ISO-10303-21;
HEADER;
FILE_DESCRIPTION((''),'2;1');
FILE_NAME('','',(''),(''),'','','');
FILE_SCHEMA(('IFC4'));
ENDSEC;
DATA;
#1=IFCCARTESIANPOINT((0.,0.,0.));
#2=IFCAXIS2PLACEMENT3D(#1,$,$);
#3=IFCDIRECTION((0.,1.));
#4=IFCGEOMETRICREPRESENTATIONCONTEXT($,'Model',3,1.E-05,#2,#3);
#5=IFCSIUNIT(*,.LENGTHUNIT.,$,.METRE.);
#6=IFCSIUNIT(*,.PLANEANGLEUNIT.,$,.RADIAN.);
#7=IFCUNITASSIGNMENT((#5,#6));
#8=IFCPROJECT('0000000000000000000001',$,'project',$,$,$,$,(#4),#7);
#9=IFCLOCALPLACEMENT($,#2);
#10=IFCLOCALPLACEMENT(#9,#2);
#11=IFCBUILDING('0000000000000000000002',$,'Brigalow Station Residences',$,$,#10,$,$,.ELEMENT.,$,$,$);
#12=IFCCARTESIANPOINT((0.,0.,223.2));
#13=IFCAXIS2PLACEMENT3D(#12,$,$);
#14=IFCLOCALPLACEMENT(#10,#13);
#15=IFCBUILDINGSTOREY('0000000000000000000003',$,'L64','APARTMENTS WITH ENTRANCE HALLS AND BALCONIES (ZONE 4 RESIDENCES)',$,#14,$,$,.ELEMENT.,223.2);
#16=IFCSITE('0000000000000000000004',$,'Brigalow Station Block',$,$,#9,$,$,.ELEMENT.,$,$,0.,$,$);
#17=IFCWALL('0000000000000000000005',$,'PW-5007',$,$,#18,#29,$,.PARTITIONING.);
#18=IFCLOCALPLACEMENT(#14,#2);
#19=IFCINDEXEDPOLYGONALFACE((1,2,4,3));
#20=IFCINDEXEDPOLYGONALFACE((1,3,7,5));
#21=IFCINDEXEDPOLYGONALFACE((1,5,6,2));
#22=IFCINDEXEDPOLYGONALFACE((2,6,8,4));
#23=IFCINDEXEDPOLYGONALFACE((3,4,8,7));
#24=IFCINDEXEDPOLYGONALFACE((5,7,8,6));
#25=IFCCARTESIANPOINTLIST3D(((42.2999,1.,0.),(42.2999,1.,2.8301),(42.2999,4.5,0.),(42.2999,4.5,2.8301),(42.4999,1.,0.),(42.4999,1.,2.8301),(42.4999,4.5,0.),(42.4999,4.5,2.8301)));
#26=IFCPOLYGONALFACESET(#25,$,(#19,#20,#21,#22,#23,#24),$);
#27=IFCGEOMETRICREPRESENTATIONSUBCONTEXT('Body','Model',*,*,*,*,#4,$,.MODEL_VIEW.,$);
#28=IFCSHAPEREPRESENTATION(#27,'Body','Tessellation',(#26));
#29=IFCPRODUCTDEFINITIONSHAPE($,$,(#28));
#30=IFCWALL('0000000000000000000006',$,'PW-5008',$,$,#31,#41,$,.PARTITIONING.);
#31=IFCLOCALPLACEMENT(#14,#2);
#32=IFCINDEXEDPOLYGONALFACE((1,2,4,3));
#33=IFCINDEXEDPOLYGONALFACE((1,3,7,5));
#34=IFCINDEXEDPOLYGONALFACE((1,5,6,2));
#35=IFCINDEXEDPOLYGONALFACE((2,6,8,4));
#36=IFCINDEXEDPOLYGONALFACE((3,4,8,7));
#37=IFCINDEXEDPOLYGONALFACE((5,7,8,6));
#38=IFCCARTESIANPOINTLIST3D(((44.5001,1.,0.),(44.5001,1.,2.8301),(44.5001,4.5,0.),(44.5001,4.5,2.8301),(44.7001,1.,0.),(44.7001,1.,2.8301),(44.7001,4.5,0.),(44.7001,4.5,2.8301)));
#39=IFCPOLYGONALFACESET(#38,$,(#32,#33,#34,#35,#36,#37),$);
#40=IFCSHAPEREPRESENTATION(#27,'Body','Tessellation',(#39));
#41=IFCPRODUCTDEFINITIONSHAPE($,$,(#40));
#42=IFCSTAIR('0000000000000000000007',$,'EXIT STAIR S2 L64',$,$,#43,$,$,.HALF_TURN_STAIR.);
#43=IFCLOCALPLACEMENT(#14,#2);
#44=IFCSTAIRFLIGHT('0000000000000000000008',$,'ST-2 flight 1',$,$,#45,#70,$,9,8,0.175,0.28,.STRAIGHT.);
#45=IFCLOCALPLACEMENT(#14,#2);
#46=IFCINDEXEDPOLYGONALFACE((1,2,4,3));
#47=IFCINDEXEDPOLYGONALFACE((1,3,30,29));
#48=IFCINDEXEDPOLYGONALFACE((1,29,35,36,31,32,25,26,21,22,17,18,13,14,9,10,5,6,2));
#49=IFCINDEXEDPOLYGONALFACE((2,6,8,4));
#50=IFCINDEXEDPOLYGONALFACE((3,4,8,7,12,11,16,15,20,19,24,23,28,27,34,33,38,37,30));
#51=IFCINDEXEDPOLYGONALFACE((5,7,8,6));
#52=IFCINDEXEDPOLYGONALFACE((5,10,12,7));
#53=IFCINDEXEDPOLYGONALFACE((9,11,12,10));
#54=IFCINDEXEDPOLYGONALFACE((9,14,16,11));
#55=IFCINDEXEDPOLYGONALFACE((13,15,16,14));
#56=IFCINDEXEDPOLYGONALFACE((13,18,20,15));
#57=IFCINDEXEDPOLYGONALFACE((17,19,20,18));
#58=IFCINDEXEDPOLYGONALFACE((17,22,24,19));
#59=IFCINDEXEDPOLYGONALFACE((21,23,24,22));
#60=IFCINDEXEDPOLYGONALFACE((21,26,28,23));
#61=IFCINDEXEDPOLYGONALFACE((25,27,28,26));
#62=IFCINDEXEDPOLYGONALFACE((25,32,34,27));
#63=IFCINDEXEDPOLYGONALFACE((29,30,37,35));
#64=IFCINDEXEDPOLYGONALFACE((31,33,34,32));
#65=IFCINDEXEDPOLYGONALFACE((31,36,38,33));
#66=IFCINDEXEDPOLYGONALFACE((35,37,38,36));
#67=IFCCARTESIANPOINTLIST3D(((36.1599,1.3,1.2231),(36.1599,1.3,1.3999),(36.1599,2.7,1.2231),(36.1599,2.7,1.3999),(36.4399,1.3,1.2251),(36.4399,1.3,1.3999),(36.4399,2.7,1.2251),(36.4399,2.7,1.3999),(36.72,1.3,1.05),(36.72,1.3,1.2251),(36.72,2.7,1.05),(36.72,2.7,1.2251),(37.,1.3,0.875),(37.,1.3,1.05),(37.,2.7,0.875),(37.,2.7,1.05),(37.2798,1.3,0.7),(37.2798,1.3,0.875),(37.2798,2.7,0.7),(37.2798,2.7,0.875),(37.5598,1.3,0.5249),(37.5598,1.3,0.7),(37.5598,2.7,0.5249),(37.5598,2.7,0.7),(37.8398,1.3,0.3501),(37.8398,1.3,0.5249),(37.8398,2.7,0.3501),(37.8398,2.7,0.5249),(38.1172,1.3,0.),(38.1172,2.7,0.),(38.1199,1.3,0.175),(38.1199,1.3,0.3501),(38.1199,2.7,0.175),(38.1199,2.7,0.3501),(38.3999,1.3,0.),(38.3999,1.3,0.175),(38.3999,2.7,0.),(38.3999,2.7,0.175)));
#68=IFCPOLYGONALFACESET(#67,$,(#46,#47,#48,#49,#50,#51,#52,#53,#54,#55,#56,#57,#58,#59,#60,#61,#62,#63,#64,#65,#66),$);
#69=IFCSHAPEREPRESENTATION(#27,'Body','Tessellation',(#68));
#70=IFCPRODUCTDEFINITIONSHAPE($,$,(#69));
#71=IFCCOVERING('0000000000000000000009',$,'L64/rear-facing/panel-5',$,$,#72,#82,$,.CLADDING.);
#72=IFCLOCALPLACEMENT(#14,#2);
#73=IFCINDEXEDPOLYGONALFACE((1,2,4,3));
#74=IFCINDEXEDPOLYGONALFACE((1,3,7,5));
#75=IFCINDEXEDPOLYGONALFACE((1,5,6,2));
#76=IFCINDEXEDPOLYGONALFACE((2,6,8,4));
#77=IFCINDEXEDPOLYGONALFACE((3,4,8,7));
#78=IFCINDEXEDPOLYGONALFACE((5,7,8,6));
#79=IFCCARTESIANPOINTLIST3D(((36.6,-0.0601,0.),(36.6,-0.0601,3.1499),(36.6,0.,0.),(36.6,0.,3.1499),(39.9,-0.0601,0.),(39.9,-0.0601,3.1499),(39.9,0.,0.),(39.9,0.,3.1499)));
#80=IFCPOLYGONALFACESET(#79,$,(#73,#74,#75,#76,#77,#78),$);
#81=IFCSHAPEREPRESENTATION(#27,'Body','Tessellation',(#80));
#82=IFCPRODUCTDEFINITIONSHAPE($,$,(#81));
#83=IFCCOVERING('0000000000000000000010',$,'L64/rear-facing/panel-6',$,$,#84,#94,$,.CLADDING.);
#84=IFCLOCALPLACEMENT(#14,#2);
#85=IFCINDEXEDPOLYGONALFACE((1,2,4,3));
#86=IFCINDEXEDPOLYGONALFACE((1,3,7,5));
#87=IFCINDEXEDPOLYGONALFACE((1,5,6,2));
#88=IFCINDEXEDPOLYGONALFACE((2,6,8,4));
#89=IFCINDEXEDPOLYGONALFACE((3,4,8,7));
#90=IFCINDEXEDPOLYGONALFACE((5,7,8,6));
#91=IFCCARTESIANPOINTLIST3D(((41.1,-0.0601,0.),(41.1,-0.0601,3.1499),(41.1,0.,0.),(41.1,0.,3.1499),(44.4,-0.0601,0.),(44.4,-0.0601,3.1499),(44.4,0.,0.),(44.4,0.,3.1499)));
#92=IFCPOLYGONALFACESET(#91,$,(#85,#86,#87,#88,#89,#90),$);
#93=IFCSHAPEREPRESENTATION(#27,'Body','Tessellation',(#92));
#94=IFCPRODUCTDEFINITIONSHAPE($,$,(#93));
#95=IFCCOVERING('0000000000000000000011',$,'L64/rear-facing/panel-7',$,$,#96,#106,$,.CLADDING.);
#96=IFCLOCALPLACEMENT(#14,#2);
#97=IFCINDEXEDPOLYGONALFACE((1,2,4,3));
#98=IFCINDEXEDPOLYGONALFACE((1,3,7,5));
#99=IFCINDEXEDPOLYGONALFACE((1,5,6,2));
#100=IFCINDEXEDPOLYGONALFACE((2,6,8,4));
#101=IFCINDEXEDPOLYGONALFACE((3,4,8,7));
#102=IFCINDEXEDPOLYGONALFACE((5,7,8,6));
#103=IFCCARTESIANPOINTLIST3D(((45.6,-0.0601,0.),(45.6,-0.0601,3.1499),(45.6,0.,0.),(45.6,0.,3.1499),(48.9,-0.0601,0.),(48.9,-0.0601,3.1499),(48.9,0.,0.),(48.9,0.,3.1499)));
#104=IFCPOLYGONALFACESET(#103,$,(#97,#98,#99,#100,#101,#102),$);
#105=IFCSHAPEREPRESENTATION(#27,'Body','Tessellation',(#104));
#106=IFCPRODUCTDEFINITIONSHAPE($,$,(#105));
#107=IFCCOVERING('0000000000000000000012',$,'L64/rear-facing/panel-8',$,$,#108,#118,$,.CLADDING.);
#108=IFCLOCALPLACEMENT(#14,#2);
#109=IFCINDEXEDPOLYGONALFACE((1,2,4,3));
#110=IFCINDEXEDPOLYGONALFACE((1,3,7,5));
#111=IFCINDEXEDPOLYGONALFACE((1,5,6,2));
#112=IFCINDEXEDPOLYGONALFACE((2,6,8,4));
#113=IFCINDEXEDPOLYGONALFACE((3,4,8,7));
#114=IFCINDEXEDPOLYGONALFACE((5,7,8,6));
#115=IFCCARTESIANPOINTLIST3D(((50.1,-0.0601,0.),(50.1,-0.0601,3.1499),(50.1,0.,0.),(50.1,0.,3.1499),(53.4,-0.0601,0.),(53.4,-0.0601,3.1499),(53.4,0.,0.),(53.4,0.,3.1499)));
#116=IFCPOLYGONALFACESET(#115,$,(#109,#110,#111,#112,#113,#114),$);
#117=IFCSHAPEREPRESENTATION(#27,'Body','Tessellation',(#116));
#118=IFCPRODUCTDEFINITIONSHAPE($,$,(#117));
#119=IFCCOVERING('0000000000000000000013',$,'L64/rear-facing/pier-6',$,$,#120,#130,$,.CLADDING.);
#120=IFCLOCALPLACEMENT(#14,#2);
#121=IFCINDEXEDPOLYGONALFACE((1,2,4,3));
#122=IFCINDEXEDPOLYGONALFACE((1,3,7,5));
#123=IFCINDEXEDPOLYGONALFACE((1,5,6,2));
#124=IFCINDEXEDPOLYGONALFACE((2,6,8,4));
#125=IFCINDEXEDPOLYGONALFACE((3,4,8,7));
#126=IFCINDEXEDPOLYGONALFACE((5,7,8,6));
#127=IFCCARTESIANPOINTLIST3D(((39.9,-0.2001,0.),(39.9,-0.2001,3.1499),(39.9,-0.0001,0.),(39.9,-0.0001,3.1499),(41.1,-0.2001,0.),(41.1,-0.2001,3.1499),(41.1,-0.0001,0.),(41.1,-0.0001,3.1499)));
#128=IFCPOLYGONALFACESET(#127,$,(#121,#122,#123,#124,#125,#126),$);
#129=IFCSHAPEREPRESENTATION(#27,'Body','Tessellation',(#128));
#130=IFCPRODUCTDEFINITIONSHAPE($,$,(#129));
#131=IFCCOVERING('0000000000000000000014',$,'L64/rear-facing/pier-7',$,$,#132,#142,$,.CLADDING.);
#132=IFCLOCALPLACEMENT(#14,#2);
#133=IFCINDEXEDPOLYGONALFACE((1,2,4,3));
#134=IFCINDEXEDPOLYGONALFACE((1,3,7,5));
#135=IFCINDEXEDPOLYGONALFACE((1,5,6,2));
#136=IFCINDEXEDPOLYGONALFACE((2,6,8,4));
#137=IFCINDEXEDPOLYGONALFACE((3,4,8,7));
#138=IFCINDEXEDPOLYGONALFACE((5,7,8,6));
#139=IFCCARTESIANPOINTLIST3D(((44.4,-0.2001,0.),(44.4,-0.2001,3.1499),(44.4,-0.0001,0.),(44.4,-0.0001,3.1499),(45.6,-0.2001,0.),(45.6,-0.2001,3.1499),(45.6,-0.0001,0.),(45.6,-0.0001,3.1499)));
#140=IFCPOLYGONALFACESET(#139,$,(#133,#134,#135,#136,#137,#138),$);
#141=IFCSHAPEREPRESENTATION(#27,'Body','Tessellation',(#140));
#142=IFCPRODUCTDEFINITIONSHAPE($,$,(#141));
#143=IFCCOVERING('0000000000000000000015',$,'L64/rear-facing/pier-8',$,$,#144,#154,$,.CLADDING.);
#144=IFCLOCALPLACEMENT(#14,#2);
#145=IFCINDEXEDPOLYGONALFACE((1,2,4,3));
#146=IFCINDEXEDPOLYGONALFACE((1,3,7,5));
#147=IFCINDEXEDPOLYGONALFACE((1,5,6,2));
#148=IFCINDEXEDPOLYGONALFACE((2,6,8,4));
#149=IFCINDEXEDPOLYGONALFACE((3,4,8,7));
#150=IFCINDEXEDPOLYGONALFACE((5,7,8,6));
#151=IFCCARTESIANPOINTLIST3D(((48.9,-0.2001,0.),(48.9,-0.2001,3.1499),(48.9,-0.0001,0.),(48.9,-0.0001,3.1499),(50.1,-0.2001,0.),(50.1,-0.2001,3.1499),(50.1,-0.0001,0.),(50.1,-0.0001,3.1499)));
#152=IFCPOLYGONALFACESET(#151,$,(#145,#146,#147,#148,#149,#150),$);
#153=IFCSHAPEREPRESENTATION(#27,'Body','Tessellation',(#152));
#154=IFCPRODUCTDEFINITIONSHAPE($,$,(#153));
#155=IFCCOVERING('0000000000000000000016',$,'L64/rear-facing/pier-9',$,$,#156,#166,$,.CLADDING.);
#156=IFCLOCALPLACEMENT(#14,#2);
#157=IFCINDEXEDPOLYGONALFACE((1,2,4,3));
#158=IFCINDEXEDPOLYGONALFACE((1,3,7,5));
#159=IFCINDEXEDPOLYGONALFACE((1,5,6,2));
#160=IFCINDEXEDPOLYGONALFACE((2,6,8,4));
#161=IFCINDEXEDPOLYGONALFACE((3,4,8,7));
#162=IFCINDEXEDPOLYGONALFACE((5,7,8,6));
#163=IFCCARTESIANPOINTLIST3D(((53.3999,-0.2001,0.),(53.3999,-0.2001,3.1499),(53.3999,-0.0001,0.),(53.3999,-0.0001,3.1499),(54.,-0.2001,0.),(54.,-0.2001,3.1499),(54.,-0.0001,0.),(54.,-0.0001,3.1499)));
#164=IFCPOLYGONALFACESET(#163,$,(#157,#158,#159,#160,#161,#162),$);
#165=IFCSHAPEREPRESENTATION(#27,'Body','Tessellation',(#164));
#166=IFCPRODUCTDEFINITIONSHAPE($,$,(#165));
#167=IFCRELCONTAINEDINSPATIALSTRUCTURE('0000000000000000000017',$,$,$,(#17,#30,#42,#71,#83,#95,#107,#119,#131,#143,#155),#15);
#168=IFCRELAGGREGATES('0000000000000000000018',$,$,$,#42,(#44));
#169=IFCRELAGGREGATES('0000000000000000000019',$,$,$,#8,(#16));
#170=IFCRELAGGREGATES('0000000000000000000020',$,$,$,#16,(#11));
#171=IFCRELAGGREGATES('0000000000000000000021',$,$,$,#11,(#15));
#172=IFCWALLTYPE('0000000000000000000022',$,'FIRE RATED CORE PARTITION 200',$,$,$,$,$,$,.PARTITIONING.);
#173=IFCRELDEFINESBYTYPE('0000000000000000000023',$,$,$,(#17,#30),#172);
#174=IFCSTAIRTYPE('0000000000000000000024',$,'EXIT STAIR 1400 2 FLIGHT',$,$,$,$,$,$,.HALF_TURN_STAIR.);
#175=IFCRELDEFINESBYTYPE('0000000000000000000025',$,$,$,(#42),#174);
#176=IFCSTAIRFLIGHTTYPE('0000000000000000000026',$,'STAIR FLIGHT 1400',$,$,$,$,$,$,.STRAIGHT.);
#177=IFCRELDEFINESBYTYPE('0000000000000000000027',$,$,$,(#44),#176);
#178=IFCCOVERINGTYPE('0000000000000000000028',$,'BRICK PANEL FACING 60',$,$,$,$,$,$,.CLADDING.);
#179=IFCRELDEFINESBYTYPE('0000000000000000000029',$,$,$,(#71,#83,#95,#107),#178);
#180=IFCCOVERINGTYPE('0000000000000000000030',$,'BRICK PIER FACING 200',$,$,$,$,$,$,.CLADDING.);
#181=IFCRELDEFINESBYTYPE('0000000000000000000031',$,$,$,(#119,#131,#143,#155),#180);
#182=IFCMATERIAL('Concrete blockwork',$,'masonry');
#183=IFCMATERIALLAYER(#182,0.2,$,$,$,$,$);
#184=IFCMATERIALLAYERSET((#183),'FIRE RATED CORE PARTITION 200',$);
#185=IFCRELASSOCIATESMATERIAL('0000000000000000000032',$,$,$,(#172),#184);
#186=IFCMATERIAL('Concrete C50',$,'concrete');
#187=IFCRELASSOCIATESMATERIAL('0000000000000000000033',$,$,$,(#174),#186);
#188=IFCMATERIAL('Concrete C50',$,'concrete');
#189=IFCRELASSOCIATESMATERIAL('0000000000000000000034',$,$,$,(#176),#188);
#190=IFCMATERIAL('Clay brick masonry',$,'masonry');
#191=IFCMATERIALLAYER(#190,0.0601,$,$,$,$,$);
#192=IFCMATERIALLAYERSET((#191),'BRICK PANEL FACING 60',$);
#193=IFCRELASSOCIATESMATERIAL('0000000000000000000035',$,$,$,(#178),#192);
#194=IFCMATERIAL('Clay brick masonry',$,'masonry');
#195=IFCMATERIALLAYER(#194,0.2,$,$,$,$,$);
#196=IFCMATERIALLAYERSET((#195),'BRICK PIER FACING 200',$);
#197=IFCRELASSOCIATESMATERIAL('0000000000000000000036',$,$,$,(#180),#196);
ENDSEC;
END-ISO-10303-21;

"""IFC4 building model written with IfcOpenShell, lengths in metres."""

from ifc_helpers import new_model, si_unit, direction, frame, frame_2d, origin, origin_2d, place, context, subcontext, project, spatial, polyline, rectangle, outline, extrude, material, layer, layer_set, type_object, element, aggregate, save


model = new_model("IFC4")

# Units and contexts
model_context = context("Model", 3, precision=1e-05, world=origin(), true_north=direction((0.0, 1.0)))
body_context = subcontext(model_context, "Body", "Model", "MODEL_VIEW")
ifc_project = project(units=[si_unit("LENGTHUNIT", "METRE"), si_unit("PLANEANGLEUNIT", "RADIAN")], contexts=[model_context])

# Site, building, storey
site_placement = place(None, origin())
site = spatial("IfcSite", under=ifc_project, at=site_placement, Name="Brigalow Station Block", CompositionType="ELEMENT", RefElevation=0.0)
building_placement = place(site_placement, origin())
building = spatial("IfcBuilding", under=site, at=building_placement, Name="Brigalow Station Residences", CompositionType="ELEMENT")
storey_placement = place(building_placement, frame((0.0, 0.0, 223.2)))
storey = spatial("IfcBuildingStorey", under=building, at=storey_placement, Name="L64", Description="APARTMENTS WITH ENTRANCE HALLS AND BALCONIES (ZONE 4 RESIDENCES)", CompositionType="ELEMENT", Elevation=223.2)

# Walls
ifc_material_1 = material(Name="Concrete blockwork", Category="masonry")
ifc_layer_1 = layer(ifc_material_1, 0.2)
ifc_layer_set_1 = layer_set([ifc_layer_1], Name="FIRE RATED CORE PARTITION 200")
wall_type_1 = type_object("IfcWallType", Name="FIRE RATED CORE PARTITION 200", PredefinedType="PARTITIONING", material=ifc_layer_set_1)
for number, where, z_axis, x_axis, name in (
    (1, (42.3999, 1.0, 0.0), (0.0, 0.0, 1.0), (0.0, 1.0, 0.0), "PW-5007"),
    (2, (44.6001, 1.0, 0.0), (0.0, 0.0, 1.0), (0.0, 1.0, 0.0), "PW-5008"),
):
    element("IfcWall", number, at=place(storey_placement, frame(where, z_axis=z_axis, x_axis=x_axis)), inside=storey, type_object=wall_type_1, Name=name, PredefinedType="PARTITIONING", context=body_context, shape_type="SweptSolid", body=[
        extrude(rectangle(XDim=3.5, YDim=0.2, at=frame_2d((1.75, 0.0))), origin(), (0.0, 0.0, 1.0), 2.8301),
    ])

# Stair, stair flight
ifc_material_2 = material(Name="Concrete C50", Category="concrete")
stair_type = type_object("IfcStairType", Name="EXIT STAIR 1400 2 FLIGHT", PredefinedType="HALF_TURN_STAIR", material=ifc_material_2)
stair_placement = place(storey_placement, origin())
stair = element("IfcStair", 3, at=stair_placement, inside=storey, type_object=stair_type, Name="EXIT STAIR S2 L64", PredefinedType="HALF_TURN_STAIR")
ifc_material_3 = material(Name="Concrete C50", Category="concrete")
stair_flight_type = type_object("IfcStairFlightType", Name="STAIR FLIGHT 1400", PredefinedType="STRAIGHT", material=ifc_material_3)
stair_flight_placement = place(storey_placement, frame((38.3999, 2.0, 0.0), z_axis=(0.0, 0.0, 1.0), x_axis=(-1.0, 0.0, 0.0)))
stair_flight = element("IfcStairFlight", 4, at=stair_flight_placement, type_object=stair_flight_type, Name="ST-2 flight 1", NumberOfRisers=9, NumberOfTreads=8, PredefinedType="STRAIGHT", RiserHeight=0.175, TreadLength=0.28, context=body_context, shape_type="SweptSolid", body=[
    extrude(outline(polyline([(0.0, 0.0), (0.0, 0.175), (0.28, 0.175), (0.28, 0.3501), (0.5601, 0.3501), (0.5601, 0.5249), (0.8401, 0.5249), (0.8401, 0.7), (1.1201, 0.7), (1.1201, 0.875), (1.3999, 0.875), (1.3999, 1.05), (1.6799, 1.05), (1.6799, 1.2251), (1.96, 1.2251), (1.96, 1.3999), (2.24, 1.3999), (2.24, 1.575), (2.24, 1.2231), (0.2827, 0.0), (0.0, 0.0)])), frame((0.0, 0.7, 0.0), z_axis=(0.0, -1.0, 0.0), x_axis=(1.0, 0.0, 0.0)), (0.0, 0.0, 1.0), 1.3999),
])
aggregate(stair, [stair_flight])

# Coverings
ifc_material_4 = material(Name="Clay brick masonry", Category="masonry")
ifc_layer_2 = layer(ifc_material_4, 0.0601)
ifc_layer_set_2 = layer_set([ifc_layer_2], Name="BRICK PANEL FACING 60")
covering_type_1 = type_object("IfcCoveringType", Name="BRICK PANEL FACING 60", PredefinedType="CLADDING", material=ifc_layer_set_2)
for number, where, z_axis, x_axis, name in (
    (5, (38.25, -0.03, 0.0), (0.0, 0.0, 1.0), (1.0, 0.0, 0.0), "L64/rear-facing/panel-5"),
    (6, (42.75, -0.03, 0.0), (0.0, 0.0, 1.0), (1.0, 0.0, 0.0), "L64/rear-facing/panel-6"),
    (7, (47.25, -0.03, 0.0), (0.0, 0.0, 1.0), (1.0, 0.0, 0.0), "L64/rear-facing/panel-7"),
    (8, (51.75, -0.03, 0.0), (0.0, 0.0, 1.0), (1.0, 0.0, 0.0), "L64/rear-facing/panel-8"),
):
    element("IfcCovering", number, at=place(storey_placement, frame(where, z_axis=z_axis, x_axis=x_axis)), inside=storey, type_object=covering_type_1, Name=name, PredefinedType="CLADDING", context=body_context, shape_type="SweptSolid", body=[
        extrude(rectangle(XDim=3.3, YDim=0.0601, at=origin_2d()), origin(), (0.0, 0.0, 1.0), 3.1499),
    ])
ifc_material_5 = material(Name="Clay brick masonry", Category="masonry")
ifc_layer_3 = layer(ifc_material_5, 0.2)
ifc_layer_set_3 = layer_set([ifc_layer_3], Name="BRICK PIER FACING 200")
covering_type_2 = type_object("IfcCoveringType", Name="BRICK PIER FACING 200", PredefinedType="CLADDING", material=ifc_layer_set_3)
for number, where, z_axis, x_axis, name in (
    (9, (40.5, -0.1001, 0.0), (0.0, 0.0, 1.0), (1.0, 0.0, 0.0), "L64/rear-facing/pier-6"),
    (10, (45.0, -0.1001, 0.0), (0.0, 0.0, 1.0), (1.0, 0.0, 0.0), "L64/rear-facing/pier-7"),
    (11, (49.5, -0.1001, 0.0), (0.0, 0.0, 1.0), (1.0, 0.0, 0.0), "L64/rear-facing/pier-8"),
):
    element("IfcCovering", number, at=place(storey_placement, frame(where, z_axis=z_axis, x_axis=x_axis)), inside=storey, type_object=covering_type_2, Name=name, PredefinedType="CLADDING", context=body_context, shape_type="SweptSolid", body=[
        extrude(rectangle(XDim=1.2, YDim=0.2, at=origin_2d()), origin(), (0.0, 0.0, 1.0), 3.1499),
    ])
covering_placement = place(storey_placement, frame((53.7, -0.1001, 0.0), z_axis=(0.0, 0.0, 1.0), x_axis=(1.0, 0.0, 0.0)))
element("IfcCovering", 12, at=covering_placement, inside=storey, type_object=covering_type_2, Name="L64/rear-facing/pier-9", PredefinedType="CLADDING", context=body_context, shape_type="SweptSolid", body=[
    extrude(rectangle(XDim=0.6001, YDim=0.2, at=origin_2d()), origin(), (0.0, 0.0, 1.0), 3.1499),
])

save(model, "model.ifc")
